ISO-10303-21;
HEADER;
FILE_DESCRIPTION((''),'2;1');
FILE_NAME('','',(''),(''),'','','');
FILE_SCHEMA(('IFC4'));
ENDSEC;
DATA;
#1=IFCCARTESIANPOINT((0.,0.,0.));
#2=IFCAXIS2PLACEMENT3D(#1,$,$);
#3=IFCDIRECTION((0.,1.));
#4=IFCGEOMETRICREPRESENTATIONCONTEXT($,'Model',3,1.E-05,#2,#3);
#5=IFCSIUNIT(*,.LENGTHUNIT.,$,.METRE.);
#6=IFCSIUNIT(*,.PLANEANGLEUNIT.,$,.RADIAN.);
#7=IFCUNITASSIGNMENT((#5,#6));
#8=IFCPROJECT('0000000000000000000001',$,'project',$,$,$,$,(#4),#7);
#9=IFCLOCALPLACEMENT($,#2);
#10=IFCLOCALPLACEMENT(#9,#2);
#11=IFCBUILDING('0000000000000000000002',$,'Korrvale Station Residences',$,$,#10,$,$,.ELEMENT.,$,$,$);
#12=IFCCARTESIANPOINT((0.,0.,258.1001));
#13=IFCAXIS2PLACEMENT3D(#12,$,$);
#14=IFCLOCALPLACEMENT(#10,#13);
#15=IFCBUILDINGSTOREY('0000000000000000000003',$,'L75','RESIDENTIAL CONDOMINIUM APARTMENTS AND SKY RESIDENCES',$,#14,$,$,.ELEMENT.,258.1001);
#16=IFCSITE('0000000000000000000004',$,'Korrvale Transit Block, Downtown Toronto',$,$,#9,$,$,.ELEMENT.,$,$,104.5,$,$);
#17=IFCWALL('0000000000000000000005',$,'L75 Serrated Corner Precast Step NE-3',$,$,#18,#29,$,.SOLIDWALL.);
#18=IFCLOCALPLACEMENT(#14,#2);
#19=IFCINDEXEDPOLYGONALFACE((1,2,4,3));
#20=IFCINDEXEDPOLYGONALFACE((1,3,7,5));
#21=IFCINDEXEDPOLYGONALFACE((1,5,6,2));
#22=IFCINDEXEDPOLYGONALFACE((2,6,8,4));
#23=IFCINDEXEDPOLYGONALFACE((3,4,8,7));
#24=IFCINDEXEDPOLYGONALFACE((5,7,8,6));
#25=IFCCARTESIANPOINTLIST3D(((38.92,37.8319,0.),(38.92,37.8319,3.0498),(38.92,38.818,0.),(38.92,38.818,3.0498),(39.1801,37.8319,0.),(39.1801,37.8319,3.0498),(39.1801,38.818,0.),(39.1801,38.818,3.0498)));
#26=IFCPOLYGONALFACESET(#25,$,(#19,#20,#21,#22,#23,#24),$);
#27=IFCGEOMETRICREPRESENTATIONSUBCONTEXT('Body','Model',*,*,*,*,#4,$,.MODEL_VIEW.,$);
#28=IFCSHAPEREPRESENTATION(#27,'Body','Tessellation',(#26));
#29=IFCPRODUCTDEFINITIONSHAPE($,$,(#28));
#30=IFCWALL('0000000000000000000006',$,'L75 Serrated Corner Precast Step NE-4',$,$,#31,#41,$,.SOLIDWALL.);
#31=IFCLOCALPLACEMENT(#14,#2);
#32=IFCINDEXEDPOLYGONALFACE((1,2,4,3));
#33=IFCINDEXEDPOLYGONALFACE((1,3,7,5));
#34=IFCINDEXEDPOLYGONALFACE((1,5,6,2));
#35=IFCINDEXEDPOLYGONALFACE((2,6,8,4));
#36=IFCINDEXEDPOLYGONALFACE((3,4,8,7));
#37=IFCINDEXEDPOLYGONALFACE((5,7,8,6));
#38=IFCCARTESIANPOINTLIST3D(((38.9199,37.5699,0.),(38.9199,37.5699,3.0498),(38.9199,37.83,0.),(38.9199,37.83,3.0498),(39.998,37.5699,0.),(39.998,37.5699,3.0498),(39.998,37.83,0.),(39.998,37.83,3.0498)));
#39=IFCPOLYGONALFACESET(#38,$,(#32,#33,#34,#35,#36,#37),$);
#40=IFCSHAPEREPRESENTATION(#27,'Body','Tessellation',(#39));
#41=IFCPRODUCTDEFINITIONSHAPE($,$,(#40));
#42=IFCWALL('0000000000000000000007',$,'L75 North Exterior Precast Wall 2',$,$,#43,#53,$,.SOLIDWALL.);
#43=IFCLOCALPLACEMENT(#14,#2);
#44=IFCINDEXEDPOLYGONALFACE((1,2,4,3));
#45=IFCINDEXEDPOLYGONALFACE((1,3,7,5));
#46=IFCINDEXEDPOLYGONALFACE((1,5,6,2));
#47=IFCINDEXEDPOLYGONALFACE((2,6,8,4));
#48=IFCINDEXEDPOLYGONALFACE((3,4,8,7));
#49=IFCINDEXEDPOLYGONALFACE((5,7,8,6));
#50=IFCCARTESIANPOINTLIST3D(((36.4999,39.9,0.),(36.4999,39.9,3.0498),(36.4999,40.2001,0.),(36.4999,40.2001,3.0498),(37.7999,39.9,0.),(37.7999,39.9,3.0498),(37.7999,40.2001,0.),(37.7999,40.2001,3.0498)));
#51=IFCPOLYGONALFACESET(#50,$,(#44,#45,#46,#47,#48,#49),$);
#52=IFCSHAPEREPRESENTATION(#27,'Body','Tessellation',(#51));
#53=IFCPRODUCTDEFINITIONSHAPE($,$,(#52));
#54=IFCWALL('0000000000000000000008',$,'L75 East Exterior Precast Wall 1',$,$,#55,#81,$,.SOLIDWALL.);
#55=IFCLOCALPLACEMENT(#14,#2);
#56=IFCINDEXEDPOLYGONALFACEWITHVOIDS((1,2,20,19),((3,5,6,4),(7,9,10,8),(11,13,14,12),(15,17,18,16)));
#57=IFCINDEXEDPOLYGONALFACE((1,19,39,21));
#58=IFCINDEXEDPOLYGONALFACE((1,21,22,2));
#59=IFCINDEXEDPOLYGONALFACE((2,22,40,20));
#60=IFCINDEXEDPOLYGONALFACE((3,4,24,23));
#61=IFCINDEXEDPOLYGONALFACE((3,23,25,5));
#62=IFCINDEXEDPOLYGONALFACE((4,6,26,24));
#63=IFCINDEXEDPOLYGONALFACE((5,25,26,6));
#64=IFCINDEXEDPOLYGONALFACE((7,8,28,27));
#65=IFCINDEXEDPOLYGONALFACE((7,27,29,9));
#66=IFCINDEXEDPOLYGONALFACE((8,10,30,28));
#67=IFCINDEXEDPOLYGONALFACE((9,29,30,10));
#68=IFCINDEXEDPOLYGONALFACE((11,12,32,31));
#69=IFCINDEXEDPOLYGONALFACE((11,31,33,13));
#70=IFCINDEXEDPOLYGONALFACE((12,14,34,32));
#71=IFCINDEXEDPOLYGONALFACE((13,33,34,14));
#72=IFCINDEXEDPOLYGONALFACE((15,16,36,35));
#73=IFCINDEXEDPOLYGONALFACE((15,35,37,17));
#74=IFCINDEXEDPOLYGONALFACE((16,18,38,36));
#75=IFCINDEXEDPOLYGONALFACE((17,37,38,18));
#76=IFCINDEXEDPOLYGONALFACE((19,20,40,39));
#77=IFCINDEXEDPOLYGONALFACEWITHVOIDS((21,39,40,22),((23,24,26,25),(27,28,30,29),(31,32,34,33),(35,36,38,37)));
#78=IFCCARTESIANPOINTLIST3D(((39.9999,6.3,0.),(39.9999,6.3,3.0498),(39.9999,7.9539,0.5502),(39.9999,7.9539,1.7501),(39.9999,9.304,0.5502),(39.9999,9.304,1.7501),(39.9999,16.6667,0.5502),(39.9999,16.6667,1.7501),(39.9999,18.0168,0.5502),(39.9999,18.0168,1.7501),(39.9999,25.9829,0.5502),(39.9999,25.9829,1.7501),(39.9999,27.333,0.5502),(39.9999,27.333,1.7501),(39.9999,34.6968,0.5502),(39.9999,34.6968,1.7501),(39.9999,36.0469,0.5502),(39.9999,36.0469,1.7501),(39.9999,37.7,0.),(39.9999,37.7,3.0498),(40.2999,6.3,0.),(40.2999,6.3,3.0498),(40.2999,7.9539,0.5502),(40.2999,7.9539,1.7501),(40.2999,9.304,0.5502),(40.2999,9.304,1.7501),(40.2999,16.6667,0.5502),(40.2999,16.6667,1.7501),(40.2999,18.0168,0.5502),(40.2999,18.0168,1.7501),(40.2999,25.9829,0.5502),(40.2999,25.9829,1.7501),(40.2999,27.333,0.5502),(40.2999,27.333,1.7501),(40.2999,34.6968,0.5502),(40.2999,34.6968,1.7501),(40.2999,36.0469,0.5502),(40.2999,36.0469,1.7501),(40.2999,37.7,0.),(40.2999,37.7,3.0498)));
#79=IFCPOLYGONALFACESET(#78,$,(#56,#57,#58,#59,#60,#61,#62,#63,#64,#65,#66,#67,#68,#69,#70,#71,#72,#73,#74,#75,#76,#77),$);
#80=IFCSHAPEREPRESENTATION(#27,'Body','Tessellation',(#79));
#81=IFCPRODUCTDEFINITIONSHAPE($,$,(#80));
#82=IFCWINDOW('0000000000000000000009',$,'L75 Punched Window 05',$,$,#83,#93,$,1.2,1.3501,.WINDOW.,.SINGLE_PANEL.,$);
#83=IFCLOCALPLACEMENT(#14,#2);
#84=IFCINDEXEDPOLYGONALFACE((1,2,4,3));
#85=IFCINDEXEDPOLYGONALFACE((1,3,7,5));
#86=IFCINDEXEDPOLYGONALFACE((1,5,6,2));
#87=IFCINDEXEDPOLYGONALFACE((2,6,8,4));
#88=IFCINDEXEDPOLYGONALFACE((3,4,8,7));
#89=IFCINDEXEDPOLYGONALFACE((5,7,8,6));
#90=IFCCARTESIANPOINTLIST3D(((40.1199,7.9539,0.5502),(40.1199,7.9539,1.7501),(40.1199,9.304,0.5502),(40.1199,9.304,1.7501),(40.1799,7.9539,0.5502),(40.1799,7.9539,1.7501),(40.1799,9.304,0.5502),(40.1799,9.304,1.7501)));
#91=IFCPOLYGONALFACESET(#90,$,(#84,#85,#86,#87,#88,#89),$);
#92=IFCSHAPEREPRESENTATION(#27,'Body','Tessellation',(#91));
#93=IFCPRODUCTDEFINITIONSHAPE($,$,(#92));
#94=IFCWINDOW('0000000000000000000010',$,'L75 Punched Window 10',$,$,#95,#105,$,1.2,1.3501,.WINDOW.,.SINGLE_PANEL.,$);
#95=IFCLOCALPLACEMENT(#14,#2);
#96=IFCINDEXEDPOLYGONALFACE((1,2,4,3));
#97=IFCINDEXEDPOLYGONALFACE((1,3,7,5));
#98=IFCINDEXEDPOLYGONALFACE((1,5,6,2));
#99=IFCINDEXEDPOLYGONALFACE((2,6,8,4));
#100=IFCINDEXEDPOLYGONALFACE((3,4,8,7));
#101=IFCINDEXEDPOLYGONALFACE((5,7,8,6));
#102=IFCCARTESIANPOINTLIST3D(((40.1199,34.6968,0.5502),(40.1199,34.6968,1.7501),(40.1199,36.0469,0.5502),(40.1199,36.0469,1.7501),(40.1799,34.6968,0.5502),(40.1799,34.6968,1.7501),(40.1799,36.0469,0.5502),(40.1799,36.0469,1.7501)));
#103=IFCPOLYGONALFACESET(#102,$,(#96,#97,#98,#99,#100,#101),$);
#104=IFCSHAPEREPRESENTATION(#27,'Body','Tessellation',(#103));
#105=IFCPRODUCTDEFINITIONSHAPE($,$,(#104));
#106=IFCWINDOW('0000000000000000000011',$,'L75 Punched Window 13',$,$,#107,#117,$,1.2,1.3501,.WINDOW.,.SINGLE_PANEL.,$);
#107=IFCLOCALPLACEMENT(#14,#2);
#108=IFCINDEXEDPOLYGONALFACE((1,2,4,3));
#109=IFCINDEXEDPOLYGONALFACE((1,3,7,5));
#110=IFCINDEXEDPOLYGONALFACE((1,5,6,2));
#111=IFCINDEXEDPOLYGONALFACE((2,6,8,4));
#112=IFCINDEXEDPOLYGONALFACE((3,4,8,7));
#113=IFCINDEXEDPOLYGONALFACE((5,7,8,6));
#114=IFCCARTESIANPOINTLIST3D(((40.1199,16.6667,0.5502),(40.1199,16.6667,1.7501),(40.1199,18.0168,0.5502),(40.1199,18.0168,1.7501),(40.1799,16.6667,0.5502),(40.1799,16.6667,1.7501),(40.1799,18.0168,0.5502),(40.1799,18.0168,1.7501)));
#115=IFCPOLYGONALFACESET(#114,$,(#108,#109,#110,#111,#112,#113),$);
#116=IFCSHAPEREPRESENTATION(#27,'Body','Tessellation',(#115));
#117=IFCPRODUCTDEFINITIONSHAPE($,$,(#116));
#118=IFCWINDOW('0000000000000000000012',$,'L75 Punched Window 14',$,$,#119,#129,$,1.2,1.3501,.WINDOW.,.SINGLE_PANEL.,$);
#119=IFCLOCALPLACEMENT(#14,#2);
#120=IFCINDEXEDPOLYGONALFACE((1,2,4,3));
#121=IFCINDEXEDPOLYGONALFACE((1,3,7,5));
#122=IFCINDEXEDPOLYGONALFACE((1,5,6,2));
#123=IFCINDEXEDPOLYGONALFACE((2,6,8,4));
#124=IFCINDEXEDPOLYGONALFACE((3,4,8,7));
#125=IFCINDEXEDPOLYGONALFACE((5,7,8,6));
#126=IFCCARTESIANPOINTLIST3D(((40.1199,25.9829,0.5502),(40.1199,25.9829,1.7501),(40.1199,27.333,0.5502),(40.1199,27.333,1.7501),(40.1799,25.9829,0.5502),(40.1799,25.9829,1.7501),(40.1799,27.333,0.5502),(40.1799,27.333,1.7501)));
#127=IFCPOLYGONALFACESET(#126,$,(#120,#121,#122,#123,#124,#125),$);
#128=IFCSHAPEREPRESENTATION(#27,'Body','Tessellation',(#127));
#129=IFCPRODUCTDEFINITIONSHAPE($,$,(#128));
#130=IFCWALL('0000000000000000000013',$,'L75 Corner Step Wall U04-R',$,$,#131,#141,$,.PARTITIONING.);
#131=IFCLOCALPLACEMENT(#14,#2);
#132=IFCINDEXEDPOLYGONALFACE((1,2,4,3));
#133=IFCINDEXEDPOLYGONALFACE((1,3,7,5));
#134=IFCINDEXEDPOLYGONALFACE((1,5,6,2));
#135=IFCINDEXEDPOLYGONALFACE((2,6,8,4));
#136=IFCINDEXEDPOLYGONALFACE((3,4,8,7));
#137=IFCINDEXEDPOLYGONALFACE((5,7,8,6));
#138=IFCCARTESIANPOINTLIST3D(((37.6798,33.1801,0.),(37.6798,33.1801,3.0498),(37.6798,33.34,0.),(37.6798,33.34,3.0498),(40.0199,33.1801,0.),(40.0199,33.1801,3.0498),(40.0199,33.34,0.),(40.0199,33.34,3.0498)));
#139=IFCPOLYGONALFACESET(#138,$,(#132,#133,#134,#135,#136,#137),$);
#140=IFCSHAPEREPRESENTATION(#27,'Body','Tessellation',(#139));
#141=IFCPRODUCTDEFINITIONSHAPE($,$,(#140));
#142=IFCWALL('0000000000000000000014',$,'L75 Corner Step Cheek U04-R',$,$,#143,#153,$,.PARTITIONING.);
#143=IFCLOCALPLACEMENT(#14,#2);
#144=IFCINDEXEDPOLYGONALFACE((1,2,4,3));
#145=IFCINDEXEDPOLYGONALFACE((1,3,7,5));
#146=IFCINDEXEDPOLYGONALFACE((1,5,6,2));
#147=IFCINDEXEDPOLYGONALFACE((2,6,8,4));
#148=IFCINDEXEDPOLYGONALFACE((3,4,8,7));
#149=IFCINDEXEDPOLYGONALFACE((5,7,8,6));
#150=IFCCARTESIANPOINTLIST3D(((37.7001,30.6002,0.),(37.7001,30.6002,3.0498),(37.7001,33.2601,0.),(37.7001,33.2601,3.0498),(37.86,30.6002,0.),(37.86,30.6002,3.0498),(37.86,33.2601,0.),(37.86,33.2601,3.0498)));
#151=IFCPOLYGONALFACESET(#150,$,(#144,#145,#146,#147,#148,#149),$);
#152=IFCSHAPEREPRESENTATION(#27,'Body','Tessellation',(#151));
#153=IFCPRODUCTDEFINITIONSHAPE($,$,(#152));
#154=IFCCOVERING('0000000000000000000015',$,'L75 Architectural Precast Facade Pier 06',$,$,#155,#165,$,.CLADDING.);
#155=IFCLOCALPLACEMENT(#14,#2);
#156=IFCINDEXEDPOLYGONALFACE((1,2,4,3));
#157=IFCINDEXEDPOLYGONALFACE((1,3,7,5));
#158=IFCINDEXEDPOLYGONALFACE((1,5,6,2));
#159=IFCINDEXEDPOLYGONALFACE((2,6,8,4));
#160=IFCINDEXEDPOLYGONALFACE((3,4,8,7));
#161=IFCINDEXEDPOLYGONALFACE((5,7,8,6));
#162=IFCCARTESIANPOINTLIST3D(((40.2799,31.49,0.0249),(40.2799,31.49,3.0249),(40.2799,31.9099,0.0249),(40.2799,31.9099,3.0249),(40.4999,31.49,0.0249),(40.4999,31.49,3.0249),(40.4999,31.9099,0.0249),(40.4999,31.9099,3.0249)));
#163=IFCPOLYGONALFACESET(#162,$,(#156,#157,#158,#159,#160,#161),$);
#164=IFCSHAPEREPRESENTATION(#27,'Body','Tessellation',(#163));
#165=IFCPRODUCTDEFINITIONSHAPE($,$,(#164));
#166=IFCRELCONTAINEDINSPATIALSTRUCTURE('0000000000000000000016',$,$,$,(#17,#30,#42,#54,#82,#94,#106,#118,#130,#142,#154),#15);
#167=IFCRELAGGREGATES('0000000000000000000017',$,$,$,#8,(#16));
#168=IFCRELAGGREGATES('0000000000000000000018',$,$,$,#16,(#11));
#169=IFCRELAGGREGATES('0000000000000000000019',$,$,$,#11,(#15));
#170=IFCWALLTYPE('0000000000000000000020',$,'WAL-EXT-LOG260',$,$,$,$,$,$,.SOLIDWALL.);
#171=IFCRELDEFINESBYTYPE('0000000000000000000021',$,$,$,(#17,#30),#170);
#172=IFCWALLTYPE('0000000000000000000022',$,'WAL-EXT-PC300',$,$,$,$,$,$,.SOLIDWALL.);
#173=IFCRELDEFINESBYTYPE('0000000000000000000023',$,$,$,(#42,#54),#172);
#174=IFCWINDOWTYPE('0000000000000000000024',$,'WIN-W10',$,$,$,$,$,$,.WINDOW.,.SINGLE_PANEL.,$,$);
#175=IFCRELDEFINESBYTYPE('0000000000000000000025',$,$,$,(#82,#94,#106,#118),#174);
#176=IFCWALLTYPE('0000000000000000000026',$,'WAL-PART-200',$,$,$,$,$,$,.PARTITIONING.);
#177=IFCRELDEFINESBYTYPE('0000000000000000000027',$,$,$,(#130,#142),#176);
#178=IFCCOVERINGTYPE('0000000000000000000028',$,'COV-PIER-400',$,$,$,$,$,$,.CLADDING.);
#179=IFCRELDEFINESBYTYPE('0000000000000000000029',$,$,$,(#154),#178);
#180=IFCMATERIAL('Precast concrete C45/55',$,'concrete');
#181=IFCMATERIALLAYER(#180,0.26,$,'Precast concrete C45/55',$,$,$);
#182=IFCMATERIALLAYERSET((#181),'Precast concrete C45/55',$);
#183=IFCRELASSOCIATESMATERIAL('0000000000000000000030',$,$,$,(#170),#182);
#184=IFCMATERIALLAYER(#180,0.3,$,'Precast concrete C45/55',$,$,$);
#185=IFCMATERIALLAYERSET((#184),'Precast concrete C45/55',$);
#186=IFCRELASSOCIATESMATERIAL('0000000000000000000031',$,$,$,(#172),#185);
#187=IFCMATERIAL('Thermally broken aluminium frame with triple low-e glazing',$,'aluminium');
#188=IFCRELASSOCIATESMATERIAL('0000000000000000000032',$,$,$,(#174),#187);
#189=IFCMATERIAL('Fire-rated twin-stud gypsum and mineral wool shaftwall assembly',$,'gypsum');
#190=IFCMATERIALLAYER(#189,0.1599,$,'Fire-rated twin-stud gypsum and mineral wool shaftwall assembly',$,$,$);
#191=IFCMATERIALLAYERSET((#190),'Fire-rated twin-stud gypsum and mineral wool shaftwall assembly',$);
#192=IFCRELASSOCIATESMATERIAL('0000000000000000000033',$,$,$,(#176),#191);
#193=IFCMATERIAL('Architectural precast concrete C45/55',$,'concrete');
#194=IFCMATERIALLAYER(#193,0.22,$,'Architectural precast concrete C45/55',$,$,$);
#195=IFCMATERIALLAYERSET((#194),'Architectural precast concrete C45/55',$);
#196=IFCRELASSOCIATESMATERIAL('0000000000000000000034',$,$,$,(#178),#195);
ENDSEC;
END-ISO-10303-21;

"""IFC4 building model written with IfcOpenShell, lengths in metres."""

from ifc_helpers import new_model, si_unit, direction, frame, frame_2d, origin, origin_2d, place, context, subcontext, project, spatial, rectangle, extrude, material, layer, layer_set, type_object, element, fill, save


model = new_model("IFC4")

# Units and contexts
model_context = context("Model", 3, precision=1e-05, world=origin(), true_north=direction((0.0, 1.0)))
body_context = subcontext(model_context, "Body", "Model", "MODEL_VIEW")
ifc_project = project(units=[si_unit("LENGTHUNIT", "METRE"), si_unit("PLANEANGLEUNIT", "RADIAN")], contexts=[model_context])

# Site, building, storey
site_placement = place(None, origin())
site = spatial("IfcSite", under=ifc_project, at=site_placement, Name="Korrvale Transit Block, Downtown Toronto", CompositionType="ELEMENT", RefElevation=104.5)
building_placement = place(site_placement, origin())
building = spatial("IfcBuilding", under=site, at=building_placement, Name="Korrvale Station Residences", CompositionType="ELEMENT")
storey_placement = place(building_placement, frame((0.0, 0.0, 258.1001)))
storey = spatial("IfcBuildingStorey", under=building, at=storey_placement, Name="L75", Description="RESIDENTIAL CONDOMINIUM APARTMENTS AND SKY RESIDENCES", CompositionType="ELEMENT", Elevation=258.1001)

# Walls
ifc_material_1 = material(Name="Precast concrete C45/55", Category="concrete")
ifc_layer_1 = layer(ifc_material_1, 0.26, Name="Precast concrete C45/55")
ifc_layer_set_1 = layer_set([ifc_layer_1], Name="Precast concrete C45/55")
wall_type_1 = type_object("IfcWallType", Name="WAL-EXT-LOG260", PredefinedType="SOLIDWALL", material=ifc_layer_set_1)
wall_1_placement = place(storey_placement, frame((39.05, 38.8181, 0.0), z_axis=(0.0, 0.0, 1.0), x_axis=(0.0, -1.0, 0.0)))
element("IfcWall", 1, at=wall_1_placement, inside=storey, type_object=wall_type_1, Name="L75 Serrated Corner Precast Step NE-3", PredefinedType="SOLIDWALL", context=body_context, shape_type="SweptSolid", body=[
    extrude(rectangle(XDim=0.9861, YDim=0.26, at=frame_2d((0.4932, 0.0))), origin(), (0.0, 0.0, 1.0), 3.0498),
])
wall_2_placement = place(storey_placement, frame((38.9199, 37.7, 0.0), z_axis=(0.0, 0.0, 1.0), x_axis=(1.0, 0.0, 0.0)))
element("IfcWall", 2, at=wall_2_placement, inside=storey, type_object=wall_type_1, Name="L75 Serrated Corner Precast Step NE-4", PredefinedType="SOLIDWALL", context=body_context, shape_type="SweptSolid", body=[
    extrude(rectangle(XDim=1.0781, YDim=0.26, at=frame_2d((0.5391, 0.0))), origin(), (0.0, 0.0, 1.0), 3.0498),
])
ifc_layer_2 = layer(ifc_material_1, 0.3, Name="Precast concrete C45/55")
ifc_layer_set_2 = layer_set([ifc_layer_2], Name="Precast concrete C45/55")
wall_type_2 = type_object("IfcWallType", Name="WAL-EXT-PC300", PredefinedType="SOLIDWALL", material=ifc_layer_set_2)
wall_3_placement = place(storey_placement, frame((36.5, 40.05, 0.0), z_axis=(0.0, 0.0, 1.0), x_axis=(1.0, 0.0, 0.0)))
element("IfcWall", 3, at=wall_3_placement, inside=storey, type_object=wall_type_2, Name="L75 North Exterior Precast Wall 2", PredefinedType="SOLIDWALL", context=body_context, shape_type="SweptSolid", body=[
    extrude(rectangle(XDim=1.3, YDim=0.3, at=frame_2d((0.6499, 0.0))), origin(), (0.0, 0.0, 1.0), 3.0498),
])

# Wall, openings, windows
wall_4_placement = place(storey_placement, frame((40.1499, 37.7, 0.0), z_axis=(0.0, 0.0, 1.0), x_axis=(0.0, -1.0, 0.0)))
wall_4 = element("IfcWall", 4, at=wall_4_placement, inside=storey, type_object=wall_type_2, Name="L75 East Exterior Precast Wall 1", PredefinedType="SOLIDWALL", context=body_context, shape_type="SweptSolid", body=[
    extrude(rectangle(XDim=31.3999, YDim=0.3, at=frame_2d((15.7, 0.0))), origin(), (0.0, 0.0, 1.0), 3.0498),
])
opening_1_placement = place(wall_4_placement, frame((28.396, 0.0, 0.55)))
opening_1 = element("IfcOpeningElement", 5, at=opening_1_placement, cuts=wall_4, PredefinedType="OPENING", context=body_context, shape_type="SweptSolid", body=[
    extrude(rectangle(XDim=1.3501, YDim=1.2, at=frame_2d((0.675, 0.6001))), frame((0.0, 0.1602, 0.0), z_axis=(0.0, -1.0, 0.0), x_axis=(1.0, 0.0, 0.0)), (0.0, 0.0, 1.0), 0.3201),
])
opening_2_placement = place(wall_4_placement, frame((1.6531, 0.0, 0.55)))
opening_2 = element("IfcOpeningElement", 6, at=opening_2_placement, cuts=wall_4, PredefinedType="OPENING", context=body_context, shape_type="SweptSolid", body=[
    extrude(rectangle(XDim=1.3501, YDim=1.2, at=frame_2d((0.675, 0.6001))), frame((0.0, 0.1602, 0.0), z_axis=(0.0, -1.0, 0.0), x_axis=(1.0, 0.0, 0.0)), (0.0, 0.0, 1.0), 0.3201),
])
opening_3_placement = place(wall_4_placement, frame((19.6831, 0.0, 0.55)))
opening_3 = element("IfcOpeningElement", 7, at=opening_3_placement, cuts=wall_4, PredefinedType="OPENING", context=body_context, shape_type="SweptSolid", body=[
    extrude(rectangle(XDim=1.3501, YDim=1.2, at=frame_2d((0.675, 0.6001))), frame((0.0, 0.1602, 0.0), z_axis=(0.0, -1.0, 0.0), x_axis=(1.0, 0.0, 0.0)), (0.0, 0.0, 1.0), 0.3201),
])
opening_4_placement = place(wall_4_placement, frame((10.3669, 0.0, 0.55)))
opening_4 = element("IfcOpeningElement", 8, at=opening_4_placement, cuts=wall_4, PredefinedType="OPENING", context=body_context, shape_type="SweptSolid", body=[
    extrude(rectangle(XDim=1.3501, YDim=1.2, at=frame_2d((0.675, 0.6001))), frame((0.0, 0.1602, 0.0), z_axis=(0.0, -1.0, 0.0), x_axis=(1.0, 0.0, 0.0)), (0.0, 0.0, 1.0), 0.3201),
])
ifc_material_2 = material(Name="Thermally broken aluminium frame with triple low-e glazing", Category="aluminium")
window_type = type_object("IfcWindowType", Name="WIN-W10", PartitioningType="SINGLE_PANEL", PredefinedType="WINDOW", material=ifc_material_2)
window_1_placement = place(opening_1_placement, origin())
window_1 = element("IfcWindow", 9, at=window_1_placement, inside=storey, type_object=window_type, Name="L75 Punched Window 05", OverallHeight=1.2, OverallWidth=1.3501, PartitioningType="SINGLE_PANEL", PredefinedType="WINDOW", context=body_context, shape_type="SweptSolid", body=[
    extrude(rectangle(XDim=1.3501, YDim=1.2, at=frame_2d((0.675, 0.6001))), frame((0.0, 0.03, 0.0), z_axis=(0.0, -1.0, 0.0), x_axis=(1.0, 0.0, 0.0)), (0.0, 0.0, 1.0), 0.0601),
])
fill(opening_1, window_1)
window_2_placement = place(opening_2_placement, origin())
window_2 = element("IfcWindow", 10, at=window_2_placement, inside=storey, type_object=window_type, Name="L75 Punched Window 10", OverallHeight=1.2, OverallWidth=1.3501, PartitioningType="SINGLE_PANEL", PredefinedType="WINDOW", context=body_context, shape_type="SweptSolid", body=[
    extrude(rectangle(XDim=1.3501, YDim=1.2, at=frame_2d((0.675, 0.6001))), frame((0.0, 0.03, 0.0), z_axis=(0.0, -1.0, 0.0), x_axis=(1.0, 0.0, 0.0)), (0.0, 0.0, 1.0), 0.0601),
])
fill(opening_2, window_2)
window_3_placement = place(opening_3_placement, origin())
window_3 = element("IfcWindow", 11, at=window_3_placement, inside=storey, type_object=window_type, Name="L75 Punched Window 13", OverallHeight=1.2, OverallWidth=1.3501, PartitioningType="SINGLE_PANEL", PredefinedType="WINDOW", context=body_context, shape_type="SweptSolid", body=[
    extrude(rectangle(XDim=1.3501, YDim=1.2, at=frame_2d((0.675, 0.6001))), frame((0.0, 0.03, 0.0), z_axis=(0.0, -1.0, 0.0), x_axis=(1.0, 0.0, 0.0)), (0.0, 0.0, 1.0), 0.0601),
])
fill(opening_3, window_3)
window_4_placement = place(opening_4_placement, origin())
window_4 = element("IfcWindow", 12, at=window_4_placement, inside=storey, type_object=window_type, Name="L75 Punched Window 14", OverallHeight=1.2, OverallWidth=1.3501, PartitioningType="SINGLE_PANEL", PredefinedType="WINDOW", context=body_context, shape_type="SweptSolid", body=[
    extrude(rectangle(XDim=1.3501, YDim=1.2, at=frame_2d((0.675, 0.6001))), frame((0.0, 0.03, 0.0), z_axis=(0.0, -1.0, 0.0), x_axis=(1.0, 0.0, 0.0)), (0.0, 0.0, 1.0), 0.0601),
])
fill(opening_4, window_4)

# Walls
ifc_material_3 = material(Name="Fire-rated twin-stud gypsum and mineral wool shaftwall assembly", Category="gypsum")
ifc_layer_3 = layer(ifc_material_3, 0.1599, Name="Fire-rated twin-stud gypsum and mineral wool shaftwall assembly")
ifc_layer_set_3 = layer_set([ifc_layer_3], Name="Fire-rated twin-stud gypsum and mineral wool shaftwall assembly")
wall_type_3 = type_object("IfcWallType", Name="WAL-PART-200", PredefinedType="PARTITIONING", material=ifc_layer_set_3)
wall_5_placement = place(storey_placement, frame((37.6799, 33.26, 0.0), z_axis=(0.0, 0.0, 1.0), x_axis=(1.0, 0.0, 0.0)))
element("IfcWall", 13, at=wall_5_placement, inside=storey, type_object=wall_type_3, Name="L75 Corner Step Wall U04-R", PredefinedType="PARTITIONING", context=body_context, shape_type="SweptSolid", body=[
    extrude(rectangle(XDim=2.3401, YDim=0.1599, at=frame_2d((1.1699, 0.0))), origin(), (0.0, 0.0, 1.0), 3.0498),
])
wall_6_placement = place(storey_placement, frame((37.78, 30.6001, 0.0), z_axis=(0.0, 0.0, 1.0), x_axis=(0.0, 1.0, 0.0)))
element("IfcWall", 14, at=wall_6_placement, inside=storey, type_object=wall_type_3, Name="L75 Corner Step Cheek U04-R", PredefinedType="PARTITIONING", context=body_context, shape_type="SweptSolid", body=[
    extrude(rectangle(XDim=2.6599, YDim=0.1599, at=frame_2d((1.3301, 0.0))), origin(), (0.0, 0.0, 1.0), 3.0498),
])

# Covering
ifc_material_4 = material(Name="Architectural precast concrete C45/55", Category="concrete")
ifc_layer_4 = layer(ifc_material_4, 0.22, Name="Architectural precast concrete C45/55")
ifc_layer_set_4 = layer_set([ifc_layer_4], Name="Architectural precast concrete C45/55")
covering_type = type_object("IfcCoveringType", Name="COV-PIER-400", PredefinedType="CLADDING", material=ifc_layer_set_4)
covering_placement = place(storey_placement, frame((40.3899, 31.7, 0.0249), z_axis=(0.0, 0.0, 1.0), x_axis=(0.0, 1.0, 0.0)))
element("IfcCovering", 15, at=covering_placement, inside=storey, type_object=covering_type, Name="L75 Architectural Precast Facade Pier 06", PredefinedType="CLADDING", context=body_context, shape_type="SweptSolid", body=[
    extrude(rectangle(XDim=0.4199, YDim=0.22, at=origin_2d()), origin(), (0.0, 0.0, 1.0), 3.0),
])

save(model, "model.ifc")
